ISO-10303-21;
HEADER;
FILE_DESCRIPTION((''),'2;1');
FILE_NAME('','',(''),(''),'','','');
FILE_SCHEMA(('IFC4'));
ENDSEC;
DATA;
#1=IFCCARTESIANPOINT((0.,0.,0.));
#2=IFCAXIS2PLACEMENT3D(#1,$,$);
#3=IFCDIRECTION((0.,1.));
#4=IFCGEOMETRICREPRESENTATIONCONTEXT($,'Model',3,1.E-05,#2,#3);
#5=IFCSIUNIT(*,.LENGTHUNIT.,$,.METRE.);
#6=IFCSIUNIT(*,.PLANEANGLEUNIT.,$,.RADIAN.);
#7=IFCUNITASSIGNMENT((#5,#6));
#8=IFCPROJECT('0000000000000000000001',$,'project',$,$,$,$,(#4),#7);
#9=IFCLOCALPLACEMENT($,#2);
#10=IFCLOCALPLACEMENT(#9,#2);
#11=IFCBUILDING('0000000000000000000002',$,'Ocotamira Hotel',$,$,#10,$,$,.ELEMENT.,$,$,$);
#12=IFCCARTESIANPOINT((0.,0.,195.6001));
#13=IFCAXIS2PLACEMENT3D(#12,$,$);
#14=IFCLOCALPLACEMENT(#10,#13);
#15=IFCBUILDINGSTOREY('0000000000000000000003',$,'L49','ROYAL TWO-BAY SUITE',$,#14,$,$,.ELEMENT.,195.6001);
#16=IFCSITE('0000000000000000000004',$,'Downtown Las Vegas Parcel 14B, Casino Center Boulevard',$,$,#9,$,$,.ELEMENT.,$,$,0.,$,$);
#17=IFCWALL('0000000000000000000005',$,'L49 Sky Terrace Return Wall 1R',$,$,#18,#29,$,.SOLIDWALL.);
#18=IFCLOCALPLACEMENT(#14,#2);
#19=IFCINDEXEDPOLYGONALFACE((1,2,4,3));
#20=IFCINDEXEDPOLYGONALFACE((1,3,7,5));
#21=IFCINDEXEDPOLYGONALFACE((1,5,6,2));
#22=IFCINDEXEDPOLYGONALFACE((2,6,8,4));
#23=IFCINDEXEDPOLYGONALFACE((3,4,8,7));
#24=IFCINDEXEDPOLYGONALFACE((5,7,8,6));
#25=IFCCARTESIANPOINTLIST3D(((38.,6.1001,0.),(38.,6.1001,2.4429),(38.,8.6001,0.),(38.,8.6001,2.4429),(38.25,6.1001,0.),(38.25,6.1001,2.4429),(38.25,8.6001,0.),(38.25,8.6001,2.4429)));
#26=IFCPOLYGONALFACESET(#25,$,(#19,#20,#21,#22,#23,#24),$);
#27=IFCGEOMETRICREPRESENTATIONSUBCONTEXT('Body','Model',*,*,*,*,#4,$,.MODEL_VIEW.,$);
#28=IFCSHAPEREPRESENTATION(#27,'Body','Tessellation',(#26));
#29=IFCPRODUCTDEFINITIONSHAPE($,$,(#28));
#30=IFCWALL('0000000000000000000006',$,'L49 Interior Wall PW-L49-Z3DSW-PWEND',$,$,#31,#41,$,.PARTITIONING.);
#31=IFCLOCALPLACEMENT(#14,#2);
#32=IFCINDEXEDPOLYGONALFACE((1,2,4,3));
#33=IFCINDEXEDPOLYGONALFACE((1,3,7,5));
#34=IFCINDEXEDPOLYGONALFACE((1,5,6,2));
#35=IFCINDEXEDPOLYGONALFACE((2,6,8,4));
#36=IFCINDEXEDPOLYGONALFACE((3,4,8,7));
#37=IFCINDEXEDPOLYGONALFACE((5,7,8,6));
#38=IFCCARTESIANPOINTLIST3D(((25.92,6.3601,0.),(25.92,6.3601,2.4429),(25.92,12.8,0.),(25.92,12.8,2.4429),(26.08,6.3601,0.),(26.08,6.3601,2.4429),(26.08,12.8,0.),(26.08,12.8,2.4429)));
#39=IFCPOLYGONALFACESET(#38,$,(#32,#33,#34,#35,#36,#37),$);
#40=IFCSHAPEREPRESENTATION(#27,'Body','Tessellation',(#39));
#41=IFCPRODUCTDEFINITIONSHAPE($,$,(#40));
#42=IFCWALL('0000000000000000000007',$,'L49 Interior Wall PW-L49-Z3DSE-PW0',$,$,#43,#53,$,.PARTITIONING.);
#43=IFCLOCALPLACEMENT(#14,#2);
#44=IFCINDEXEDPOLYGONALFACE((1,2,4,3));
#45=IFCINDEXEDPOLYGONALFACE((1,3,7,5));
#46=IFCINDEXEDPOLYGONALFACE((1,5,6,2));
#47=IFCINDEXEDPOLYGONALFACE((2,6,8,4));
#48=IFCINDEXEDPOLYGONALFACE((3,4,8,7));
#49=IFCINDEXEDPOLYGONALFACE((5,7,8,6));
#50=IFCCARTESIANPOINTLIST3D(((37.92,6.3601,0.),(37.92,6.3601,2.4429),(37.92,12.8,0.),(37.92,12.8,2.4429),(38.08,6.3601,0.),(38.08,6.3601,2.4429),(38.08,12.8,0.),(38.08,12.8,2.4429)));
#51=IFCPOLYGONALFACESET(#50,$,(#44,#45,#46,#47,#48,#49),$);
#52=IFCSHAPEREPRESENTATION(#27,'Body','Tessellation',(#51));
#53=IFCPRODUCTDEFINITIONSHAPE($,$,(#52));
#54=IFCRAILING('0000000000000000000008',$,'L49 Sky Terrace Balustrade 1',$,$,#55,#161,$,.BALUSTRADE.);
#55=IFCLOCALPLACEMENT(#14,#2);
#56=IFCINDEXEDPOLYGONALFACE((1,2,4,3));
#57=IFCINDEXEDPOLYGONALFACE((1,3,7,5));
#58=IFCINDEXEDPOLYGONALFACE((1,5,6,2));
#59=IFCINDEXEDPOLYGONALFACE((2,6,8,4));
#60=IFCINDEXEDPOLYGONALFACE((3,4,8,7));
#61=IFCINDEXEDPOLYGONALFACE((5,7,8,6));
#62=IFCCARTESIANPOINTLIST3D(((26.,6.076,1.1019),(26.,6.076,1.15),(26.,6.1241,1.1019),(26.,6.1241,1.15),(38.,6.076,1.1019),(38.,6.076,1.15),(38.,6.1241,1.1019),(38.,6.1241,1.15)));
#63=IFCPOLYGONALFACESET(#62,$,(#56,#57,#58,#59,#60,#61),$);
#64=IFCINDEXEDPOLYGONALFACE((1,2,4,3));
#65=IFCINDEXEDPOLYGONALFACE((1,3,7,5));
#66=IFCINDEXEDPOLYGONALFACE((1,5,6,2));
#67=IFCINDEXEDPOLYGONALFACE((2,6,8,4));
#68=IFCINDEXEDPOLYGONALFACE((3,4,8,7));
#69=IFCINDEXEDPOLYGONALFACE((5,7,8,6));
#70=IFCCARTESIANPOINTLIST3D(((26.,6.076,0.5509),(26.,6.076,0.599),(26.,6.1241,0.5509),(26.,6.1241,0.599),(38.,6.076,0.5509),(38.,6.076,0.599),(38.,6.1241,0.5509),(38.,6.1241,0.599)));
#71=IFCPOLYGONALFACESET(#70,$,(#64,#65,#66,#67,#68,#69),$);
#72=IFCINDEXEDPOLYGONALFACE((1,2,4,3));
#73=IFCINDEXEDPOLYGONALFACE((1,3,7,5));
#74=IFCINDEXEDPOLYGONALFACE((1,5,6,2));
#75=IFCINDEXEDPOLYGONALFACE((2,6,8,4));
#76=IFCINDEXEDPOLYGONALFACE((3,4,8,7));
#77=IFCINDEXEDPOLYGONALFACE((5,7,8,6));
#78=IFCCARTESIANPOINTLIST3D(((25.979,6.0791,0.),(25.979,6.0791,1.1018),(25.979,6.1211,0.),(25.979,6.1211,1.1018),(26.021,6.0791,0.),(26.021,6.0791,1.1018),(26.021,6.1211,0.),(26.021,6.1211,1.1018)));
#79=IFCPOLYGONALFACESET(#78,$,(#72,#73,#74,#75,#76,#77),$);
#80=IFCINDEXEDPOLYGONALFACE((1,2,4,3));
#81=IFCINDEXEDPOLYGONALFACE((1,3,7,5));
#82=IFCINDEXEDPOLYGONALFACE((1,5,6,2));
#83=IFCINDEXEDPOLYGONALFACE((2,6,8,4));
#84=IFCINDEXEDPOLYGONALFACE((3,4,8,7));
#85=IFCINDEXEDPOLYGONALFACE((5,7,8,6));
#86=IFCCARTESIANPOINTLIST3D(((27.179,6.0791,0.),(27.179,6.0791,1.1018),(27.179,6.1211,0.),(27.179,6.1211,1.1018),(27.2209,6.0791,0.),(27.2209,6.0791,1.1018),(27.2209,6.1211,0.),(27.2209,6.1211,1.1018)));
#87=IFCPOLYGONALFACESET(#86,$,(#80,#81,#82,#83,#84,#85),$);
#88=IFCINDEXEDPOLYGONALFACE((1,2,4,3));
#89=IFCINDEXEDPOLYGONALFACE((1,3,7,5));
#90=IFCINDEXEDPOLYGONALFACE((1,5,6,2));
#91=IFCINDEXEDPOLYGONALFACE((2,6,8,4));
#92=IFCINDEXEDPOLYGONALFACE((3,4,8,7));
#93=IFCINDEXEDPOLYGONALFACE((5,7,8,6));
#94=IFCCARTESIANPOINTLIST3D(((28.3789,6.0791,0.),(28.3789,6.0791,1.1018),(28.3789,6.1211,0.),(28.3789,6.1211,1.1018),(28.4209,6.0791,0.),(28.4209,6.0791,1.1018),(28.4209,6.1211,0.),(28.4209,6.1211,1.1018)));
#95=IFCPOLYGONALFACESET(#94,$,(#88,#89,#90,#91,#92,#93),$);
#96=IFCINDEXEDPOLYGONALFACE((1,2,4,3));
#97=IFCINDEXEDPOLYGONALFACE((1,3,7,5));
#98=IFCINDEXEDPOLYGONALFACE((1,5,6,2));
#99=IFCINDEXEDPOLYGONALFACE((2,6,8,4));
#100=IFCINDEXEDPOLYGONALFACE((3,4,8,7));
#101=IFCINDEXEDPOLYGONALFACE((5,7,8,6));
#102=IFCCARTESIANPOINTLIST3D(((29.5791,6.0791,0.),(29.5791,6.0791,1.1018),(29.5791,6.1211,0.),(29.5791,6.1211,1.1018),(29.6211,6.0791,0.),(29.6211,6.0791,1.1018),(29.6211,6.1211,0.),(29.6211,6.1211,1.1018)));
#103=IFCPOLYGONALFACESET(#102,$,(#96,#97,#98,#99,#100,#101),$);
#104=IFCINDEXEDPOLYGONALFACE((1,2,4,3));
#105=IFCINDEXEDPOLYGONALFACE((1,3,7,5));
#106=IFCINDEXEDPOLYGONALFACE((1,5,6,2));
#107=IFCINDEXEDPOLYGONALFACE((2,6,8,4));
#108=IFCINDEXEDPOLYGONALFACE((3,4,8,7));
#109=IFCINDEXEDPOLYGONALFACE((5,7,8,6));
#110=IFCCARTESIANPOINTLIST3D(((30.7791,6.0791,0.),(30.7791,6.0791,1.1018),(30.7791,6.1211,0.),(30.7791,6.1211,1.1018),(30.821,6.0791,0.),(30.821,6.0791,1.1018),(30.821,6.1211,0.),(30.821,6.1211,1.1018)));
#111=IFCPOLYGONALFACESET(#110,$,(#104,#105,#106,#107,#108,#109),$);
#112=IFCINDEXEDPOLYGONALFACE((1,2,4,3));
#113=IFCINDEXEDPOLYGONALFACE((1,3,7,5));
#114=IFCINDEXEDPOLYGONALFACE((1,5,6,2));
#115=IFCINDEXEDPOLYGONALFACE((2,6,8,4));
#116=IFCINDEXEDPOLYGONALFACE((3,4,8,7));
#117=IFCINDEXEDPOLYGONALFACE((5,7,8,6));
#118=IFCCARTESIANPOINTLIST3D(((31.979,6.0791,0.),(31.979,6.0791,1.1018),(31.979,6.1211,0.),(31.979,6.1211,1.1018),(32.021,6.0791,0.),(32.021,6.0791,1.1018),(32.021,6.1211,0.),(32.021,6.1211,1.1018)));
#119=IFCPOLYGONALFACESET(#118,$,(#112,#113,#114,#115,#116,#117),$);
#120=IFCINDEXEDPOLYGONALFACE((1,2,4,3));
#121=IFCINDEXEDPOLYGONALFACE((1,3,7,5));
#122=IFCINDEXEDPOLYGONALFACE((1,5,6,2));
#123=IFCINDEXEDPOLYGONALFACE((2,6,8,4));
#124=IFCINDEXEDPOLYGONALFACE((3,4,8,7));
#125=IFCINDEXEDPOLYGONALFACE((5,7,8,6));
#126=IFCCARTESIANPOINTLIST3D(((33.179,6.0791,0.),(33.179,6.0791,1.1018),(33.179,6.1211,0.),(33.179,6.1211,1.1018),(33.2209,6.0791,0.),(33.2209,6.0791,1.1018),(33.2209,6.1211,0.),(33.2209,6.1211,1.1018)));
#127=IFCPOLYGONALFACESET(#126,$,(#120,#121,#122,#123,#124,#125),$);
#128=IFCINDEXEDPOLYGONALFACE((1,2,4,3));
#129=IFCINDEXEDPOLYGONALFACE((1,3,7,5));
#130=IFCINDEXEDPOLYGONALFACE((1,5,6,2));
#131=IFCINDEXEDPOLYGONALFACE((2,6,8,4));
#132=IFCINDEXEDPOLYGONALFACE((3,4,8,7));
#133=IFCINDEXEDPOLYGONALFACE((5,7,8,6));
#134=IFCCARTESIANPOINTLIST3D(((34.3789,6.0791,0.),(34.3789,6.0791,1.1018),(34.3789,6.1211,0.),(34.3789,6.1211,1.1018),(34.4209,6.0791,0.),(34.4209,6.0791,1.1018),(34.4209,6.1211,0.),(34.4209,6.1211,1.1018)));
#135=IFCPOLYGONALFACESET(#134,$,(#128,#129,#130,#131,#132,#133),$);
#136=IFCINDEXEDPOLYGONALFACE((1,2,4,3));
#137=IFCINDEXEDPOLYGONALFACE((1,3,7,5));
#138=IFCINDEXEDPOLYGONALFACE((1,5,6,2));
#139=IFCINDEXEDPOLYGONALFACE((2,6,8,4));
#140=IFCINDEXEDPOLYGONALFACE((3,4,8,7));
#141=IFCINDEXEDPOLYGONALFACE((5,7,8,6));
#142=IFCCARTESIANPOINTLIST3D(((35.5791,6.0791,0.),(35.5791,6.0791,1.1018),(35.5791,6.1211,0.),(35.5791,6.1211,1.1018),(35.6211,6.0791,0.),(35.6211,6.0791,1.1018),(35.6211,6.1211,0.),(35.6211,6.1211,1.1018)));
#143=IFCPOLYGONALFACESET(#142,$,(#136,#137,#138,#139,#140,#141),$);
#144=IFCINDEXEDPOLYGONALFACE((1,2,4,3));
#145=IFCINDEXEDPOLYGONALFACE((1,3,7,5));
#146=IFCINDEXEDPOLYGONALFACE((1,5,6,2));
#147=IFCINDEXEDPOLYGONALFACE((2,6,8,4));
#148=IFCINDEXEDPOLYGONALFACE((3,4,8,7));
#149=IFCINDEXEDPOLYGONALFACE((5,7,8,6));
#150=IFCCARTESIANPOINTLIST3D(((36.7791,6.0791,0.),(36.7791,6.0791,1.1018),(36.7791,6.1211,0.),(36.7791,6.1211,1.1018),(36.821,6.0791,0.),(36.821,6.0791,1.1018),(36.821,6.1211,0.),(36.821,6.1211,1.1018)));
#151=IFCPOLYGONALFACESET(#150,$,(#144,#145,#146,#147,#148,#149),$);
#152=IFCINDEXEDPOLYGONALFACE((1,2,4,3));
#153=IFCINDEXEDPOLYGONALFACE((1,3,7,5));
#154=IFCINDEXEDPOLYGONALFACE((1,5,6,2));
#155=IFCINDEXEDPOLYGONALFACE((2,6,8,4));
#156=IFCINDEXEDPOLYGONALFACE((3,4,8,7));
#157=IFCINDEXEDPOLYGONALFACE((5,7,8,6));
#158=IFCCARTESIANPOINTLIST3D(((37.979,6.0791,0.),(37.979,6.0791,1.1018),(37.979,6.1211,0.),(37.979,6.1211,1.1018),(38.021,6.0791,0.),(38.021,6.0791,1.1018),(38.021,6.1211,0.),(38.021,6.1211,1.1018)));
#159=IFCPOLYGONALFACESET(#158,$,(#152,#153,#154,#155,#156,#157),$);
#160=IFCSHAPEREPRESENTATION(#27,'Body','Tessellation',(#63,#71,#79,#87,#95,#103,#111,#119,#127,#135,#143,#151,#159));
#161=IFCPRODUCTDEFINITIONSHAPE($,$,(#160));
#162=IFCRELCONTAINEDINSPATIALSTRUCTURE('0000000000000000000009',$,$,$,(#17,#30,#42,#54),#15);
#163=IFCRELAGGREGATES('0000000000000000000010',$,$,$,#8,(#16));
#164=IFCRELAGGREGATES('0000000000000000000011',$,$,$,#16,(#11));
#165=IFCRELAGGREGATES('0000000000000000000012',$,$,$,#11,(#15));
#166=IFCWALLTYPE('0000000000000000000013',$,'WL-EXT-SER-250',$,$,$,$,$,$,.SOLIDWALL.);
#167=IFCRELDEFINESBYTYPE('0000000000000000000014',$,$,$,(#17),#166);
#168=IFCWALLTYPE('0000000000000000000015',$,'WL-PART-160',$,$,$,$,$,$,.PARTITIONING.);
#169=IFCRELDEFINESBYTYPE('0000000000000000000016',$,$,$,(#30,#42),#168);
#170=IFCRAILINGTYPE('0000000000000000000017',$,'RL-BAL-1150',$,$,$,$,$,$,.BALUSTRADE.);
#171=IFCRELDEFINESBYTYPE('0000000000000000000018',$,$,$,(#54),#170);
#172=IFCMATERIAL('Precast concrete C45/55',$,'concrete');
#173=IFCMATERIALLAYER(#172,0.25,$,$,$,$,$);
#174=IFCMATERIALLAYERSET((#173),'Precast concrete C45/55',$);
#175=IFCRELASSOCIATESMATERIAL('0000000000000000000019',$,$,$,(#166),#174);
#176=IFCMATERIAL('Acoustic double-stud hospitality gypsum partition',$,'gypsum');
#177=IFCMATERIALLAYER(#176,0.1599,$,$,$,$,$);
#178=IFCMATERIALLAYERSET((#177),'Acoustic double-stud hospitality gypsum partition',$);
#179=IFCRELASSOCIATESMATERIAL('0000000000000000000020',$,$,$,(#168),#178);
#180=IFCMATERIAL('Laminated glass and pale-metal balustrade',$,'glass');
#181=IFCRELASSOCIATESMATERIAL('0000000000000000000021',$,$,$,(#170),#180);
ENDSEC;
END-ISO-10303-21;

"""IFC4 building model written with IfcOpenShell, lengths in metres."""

from ifc_helpers import new_model, si_unit, direction, frame, frame_2d, origin, origin_2d, place, context, subcontext, project, spatial, rectangle, extrude, material, layer, layer_set, type_object, element, save


model = new_model("IFC4")

# Units and contexts
model_context = context("Model", 3, precision=1e-05, world=origin(), true_north=direction((0.0, 1.0)))
body_context = subcontext(model_context, "Body", "Model", "MODEL_VIEW")
ifc_project = project(units=[si_unit("LENGTHUNIT", "METRE"), si_unit("PLANEANGLEUNIT", "RADIAN")], contexts=[model_context])

# Site, building, storey
site_placement = place(None, origin())
site = spatial("IfcSite", under=ifc_project, at=site_placement, Name="Downtown Las Vegas Parcel 14B, Casino Center Boulevard", CompositionType="ELEMENT", RefElevation=0.0)
building_placement = place(site_placement, origin())
building = spatial("IfcBuilding", under=site, at=building_placement, Name="Ocotamira Hotel", CompositionType="ELEMENT")
storey_placement = place(building_placement, frame((0.0, 0.0, 195.6001)))
storey = spatial("IfcBuildingStorey", under=building, at=storey_placement, Name="L49", Description="ROYAL TWO-BAY SUITE", CompositionType="ELEMENT", Elevation=195.6001)

# Walls
ifc_material_1 = material(Name="Precast concrete C45/55", Category="concrete")
ifc_layer_1 = layer(ifc_material_1, 0.25)
ifc_layer_set_1 = layer_set([ifc_layer_1], Name="Precast concrete C45/55")
wall_type_1 = type_object("IfcWallType", Name="WL-EXT-SER-250", PredefinedType="SOLIDWALL", material=ifc_layer_set_1)
for number, where, z_axis, x_axis, name in (
    (1, (38.125, 6.1001, 0.0), (0.0, 0.0, 1.0), (0.0, 1.0, 0.0), "L49 Sky Terrace Return Wall 1R"),
):
    element("IfcWall", number, at=place(storey_placement, frame(where, z_axis=z_axis, x_axis=x_axis)), inside=storey, type_object=wall_type_1, Name=name, PredefinedType="SOLIDWALL", context=body_context, shape_type="SweptSolid", body=[
        extrude(rectangle(XDim=2.5, YDim=0.25, at=frame_2d((1.25, 0.0))), origin(), (0.0, 0.0, 1.0), 2.4429),
    ])
ifc_material_2 = material(Name="Acoustic double-stud hospitality gypsum partition", Category="gypsum")
ifc_layer_2 = layer(ifc_material_2, 0.1599)
ifc_layer_set_2 = layer_set([ifc_layer_2], Name="Acoustic double-stud hospitality gypsum partition")
wall_type_2 = type_object("IfcWallType", Name="WL-PART-160", PredefinedType="PARTITIONING", material=ifc_layer_set_2)
for number, where, z_axis, x_axis, name in (
    (2, (26.0, 6.3601, 0.0), (0.0, 0.0, 1.0), (0.0, 1.0, 0.0), "L49 Interior Wall PW-L49-Z3DSW-PWEND"),
    (3, (38.0, 6.3601, 0.0), (0.0, 0.0, 1.0), (0.0, 1.0, 0.0), "L49 Interior Wall PW-L49-Z3DSE-PW0"),
):
    element("IfcWall", number, at=place(storey_placement, frame(where, z_axis=z_axis, x_axis=x_axis)), inside=storey, type_object=wall_type_2, Name=name, PredefinedType="PARTITIONING", context=body_context, shape_type="SweptSolid", body=[
        extrude(rectangle(XDim=6.4399, YDim=0.1599, at=frame_2d((3.22, 0.0))), origin(), (0.0, 0.0, 1.0), 2.4429),
    ])

# Railing
ifc_material_3 = material(Name="Laminated glass and pale-metal balustrade", Category="glass")
railing_type = type_object("IfcRailingType", Name="RL-BAL-1150", PredefinedType="BALUSTRADE", material=ifc_material_3)
railing_placement = place(storey_placement, frame((26.0, 6.1001, 0.0)))
element("IfcRailing", 4, at=railing_placement, inside=storey, type_object=railing_type, Name="L49 Sky Terrace Balustrade 1", PredefinedType="BALUSTRADE", context=body_context, shape_type="SweptSolid", body=[
    extrude(rectangle(XDim=0.0481, YDim=0.0481, at=origin_2d()), frame((0.0, 0.0, 1.126), z_axis=(1.0, 0.0, 0.0), x_axis=(0.0, 1.0, 0.0)), (0.0, 0.0, 1.0), 12.0),
    extrude(rectangle(XDim=0.0481, YDim=0.0481, at=origin_2d()), frame((0.0, 0.0, 0.575), z_axis=(1.0, 0.0, 0.0), x_axis=(0.0, 1.0, 0.0)), (0.0, 0.0, 1.0), 12.0),
    extrude(rectangle(XDim=0.042, YDim=0.042, at=origin_2d()), origin(), (0.0, 0.0, 1.0), 1.1018),
    extrude(rectangle(XDim=0.042, YDim=0.042, at=origin_2d()), frame((1.2, 0.0, 0.0)), (0.0, 0.0, 1.0), 1.1018),
    extrude(rectangle(XDim=0.042, YDim=0.042, at=origin_2d()), frame((2.3999, 0.0, 0.0)), (0.0, 0.0, 1.0), 1.1018),
    extrude(rectangle(XDim=0.042, YDim=0.042, at=origin_2d()), frame((3.6001, 0.0, 0.0)), (0.0, 0.0, 1.0), 1.1018),
    extrude(rectangle(XDim=0.042, YDim=0.042, at=origin_2d()), frame((4.8, 0.0, 0.0)), (0.0, 0.0, 1.0), 1.1018),
    extrude(rectangle(XDim=0.042, YDim=0.042, at=origin_2d()), frame((6.0, 0.0, 0.0)), (0.0, 0.0, 1.0), 1.1018),
    extrude(rectangle(XDim=0.042, YDim=0.042, at=origin_2d()), frame((7.2, 0.0, 0.0)), (0.0, 0.0, 1.0), 1.1018),
    extrude(rectangle(XDim=0.042, YDim=0.042, at=origin_2d()), frame((8.3999, 0.0, 0.0)), (0.0, 0.0, 1.0), 1.1018),
    extrude(rectangle(XDim=0.042, YDim=0.042, at=origin_2d()), frame((9.6001, 0.0, 0.0)), (0.0, 0.0, 1.0), 1.1018),
    extrude(rectangle(XDim=0.042, YDim=0.042, at=origin_2d()), frame((10.8, 0.0, 0.0)), (0.0, 0.0, 1.0), 1.1018),
    extrude(rectangle(XDim=0.042, YDim=0.042, at=origin_2d()), frame((12.0, 0.0, 0.0)), (0.0, 0.0, 1.0), 1.1018),
])

save(model, "model.ifc")
